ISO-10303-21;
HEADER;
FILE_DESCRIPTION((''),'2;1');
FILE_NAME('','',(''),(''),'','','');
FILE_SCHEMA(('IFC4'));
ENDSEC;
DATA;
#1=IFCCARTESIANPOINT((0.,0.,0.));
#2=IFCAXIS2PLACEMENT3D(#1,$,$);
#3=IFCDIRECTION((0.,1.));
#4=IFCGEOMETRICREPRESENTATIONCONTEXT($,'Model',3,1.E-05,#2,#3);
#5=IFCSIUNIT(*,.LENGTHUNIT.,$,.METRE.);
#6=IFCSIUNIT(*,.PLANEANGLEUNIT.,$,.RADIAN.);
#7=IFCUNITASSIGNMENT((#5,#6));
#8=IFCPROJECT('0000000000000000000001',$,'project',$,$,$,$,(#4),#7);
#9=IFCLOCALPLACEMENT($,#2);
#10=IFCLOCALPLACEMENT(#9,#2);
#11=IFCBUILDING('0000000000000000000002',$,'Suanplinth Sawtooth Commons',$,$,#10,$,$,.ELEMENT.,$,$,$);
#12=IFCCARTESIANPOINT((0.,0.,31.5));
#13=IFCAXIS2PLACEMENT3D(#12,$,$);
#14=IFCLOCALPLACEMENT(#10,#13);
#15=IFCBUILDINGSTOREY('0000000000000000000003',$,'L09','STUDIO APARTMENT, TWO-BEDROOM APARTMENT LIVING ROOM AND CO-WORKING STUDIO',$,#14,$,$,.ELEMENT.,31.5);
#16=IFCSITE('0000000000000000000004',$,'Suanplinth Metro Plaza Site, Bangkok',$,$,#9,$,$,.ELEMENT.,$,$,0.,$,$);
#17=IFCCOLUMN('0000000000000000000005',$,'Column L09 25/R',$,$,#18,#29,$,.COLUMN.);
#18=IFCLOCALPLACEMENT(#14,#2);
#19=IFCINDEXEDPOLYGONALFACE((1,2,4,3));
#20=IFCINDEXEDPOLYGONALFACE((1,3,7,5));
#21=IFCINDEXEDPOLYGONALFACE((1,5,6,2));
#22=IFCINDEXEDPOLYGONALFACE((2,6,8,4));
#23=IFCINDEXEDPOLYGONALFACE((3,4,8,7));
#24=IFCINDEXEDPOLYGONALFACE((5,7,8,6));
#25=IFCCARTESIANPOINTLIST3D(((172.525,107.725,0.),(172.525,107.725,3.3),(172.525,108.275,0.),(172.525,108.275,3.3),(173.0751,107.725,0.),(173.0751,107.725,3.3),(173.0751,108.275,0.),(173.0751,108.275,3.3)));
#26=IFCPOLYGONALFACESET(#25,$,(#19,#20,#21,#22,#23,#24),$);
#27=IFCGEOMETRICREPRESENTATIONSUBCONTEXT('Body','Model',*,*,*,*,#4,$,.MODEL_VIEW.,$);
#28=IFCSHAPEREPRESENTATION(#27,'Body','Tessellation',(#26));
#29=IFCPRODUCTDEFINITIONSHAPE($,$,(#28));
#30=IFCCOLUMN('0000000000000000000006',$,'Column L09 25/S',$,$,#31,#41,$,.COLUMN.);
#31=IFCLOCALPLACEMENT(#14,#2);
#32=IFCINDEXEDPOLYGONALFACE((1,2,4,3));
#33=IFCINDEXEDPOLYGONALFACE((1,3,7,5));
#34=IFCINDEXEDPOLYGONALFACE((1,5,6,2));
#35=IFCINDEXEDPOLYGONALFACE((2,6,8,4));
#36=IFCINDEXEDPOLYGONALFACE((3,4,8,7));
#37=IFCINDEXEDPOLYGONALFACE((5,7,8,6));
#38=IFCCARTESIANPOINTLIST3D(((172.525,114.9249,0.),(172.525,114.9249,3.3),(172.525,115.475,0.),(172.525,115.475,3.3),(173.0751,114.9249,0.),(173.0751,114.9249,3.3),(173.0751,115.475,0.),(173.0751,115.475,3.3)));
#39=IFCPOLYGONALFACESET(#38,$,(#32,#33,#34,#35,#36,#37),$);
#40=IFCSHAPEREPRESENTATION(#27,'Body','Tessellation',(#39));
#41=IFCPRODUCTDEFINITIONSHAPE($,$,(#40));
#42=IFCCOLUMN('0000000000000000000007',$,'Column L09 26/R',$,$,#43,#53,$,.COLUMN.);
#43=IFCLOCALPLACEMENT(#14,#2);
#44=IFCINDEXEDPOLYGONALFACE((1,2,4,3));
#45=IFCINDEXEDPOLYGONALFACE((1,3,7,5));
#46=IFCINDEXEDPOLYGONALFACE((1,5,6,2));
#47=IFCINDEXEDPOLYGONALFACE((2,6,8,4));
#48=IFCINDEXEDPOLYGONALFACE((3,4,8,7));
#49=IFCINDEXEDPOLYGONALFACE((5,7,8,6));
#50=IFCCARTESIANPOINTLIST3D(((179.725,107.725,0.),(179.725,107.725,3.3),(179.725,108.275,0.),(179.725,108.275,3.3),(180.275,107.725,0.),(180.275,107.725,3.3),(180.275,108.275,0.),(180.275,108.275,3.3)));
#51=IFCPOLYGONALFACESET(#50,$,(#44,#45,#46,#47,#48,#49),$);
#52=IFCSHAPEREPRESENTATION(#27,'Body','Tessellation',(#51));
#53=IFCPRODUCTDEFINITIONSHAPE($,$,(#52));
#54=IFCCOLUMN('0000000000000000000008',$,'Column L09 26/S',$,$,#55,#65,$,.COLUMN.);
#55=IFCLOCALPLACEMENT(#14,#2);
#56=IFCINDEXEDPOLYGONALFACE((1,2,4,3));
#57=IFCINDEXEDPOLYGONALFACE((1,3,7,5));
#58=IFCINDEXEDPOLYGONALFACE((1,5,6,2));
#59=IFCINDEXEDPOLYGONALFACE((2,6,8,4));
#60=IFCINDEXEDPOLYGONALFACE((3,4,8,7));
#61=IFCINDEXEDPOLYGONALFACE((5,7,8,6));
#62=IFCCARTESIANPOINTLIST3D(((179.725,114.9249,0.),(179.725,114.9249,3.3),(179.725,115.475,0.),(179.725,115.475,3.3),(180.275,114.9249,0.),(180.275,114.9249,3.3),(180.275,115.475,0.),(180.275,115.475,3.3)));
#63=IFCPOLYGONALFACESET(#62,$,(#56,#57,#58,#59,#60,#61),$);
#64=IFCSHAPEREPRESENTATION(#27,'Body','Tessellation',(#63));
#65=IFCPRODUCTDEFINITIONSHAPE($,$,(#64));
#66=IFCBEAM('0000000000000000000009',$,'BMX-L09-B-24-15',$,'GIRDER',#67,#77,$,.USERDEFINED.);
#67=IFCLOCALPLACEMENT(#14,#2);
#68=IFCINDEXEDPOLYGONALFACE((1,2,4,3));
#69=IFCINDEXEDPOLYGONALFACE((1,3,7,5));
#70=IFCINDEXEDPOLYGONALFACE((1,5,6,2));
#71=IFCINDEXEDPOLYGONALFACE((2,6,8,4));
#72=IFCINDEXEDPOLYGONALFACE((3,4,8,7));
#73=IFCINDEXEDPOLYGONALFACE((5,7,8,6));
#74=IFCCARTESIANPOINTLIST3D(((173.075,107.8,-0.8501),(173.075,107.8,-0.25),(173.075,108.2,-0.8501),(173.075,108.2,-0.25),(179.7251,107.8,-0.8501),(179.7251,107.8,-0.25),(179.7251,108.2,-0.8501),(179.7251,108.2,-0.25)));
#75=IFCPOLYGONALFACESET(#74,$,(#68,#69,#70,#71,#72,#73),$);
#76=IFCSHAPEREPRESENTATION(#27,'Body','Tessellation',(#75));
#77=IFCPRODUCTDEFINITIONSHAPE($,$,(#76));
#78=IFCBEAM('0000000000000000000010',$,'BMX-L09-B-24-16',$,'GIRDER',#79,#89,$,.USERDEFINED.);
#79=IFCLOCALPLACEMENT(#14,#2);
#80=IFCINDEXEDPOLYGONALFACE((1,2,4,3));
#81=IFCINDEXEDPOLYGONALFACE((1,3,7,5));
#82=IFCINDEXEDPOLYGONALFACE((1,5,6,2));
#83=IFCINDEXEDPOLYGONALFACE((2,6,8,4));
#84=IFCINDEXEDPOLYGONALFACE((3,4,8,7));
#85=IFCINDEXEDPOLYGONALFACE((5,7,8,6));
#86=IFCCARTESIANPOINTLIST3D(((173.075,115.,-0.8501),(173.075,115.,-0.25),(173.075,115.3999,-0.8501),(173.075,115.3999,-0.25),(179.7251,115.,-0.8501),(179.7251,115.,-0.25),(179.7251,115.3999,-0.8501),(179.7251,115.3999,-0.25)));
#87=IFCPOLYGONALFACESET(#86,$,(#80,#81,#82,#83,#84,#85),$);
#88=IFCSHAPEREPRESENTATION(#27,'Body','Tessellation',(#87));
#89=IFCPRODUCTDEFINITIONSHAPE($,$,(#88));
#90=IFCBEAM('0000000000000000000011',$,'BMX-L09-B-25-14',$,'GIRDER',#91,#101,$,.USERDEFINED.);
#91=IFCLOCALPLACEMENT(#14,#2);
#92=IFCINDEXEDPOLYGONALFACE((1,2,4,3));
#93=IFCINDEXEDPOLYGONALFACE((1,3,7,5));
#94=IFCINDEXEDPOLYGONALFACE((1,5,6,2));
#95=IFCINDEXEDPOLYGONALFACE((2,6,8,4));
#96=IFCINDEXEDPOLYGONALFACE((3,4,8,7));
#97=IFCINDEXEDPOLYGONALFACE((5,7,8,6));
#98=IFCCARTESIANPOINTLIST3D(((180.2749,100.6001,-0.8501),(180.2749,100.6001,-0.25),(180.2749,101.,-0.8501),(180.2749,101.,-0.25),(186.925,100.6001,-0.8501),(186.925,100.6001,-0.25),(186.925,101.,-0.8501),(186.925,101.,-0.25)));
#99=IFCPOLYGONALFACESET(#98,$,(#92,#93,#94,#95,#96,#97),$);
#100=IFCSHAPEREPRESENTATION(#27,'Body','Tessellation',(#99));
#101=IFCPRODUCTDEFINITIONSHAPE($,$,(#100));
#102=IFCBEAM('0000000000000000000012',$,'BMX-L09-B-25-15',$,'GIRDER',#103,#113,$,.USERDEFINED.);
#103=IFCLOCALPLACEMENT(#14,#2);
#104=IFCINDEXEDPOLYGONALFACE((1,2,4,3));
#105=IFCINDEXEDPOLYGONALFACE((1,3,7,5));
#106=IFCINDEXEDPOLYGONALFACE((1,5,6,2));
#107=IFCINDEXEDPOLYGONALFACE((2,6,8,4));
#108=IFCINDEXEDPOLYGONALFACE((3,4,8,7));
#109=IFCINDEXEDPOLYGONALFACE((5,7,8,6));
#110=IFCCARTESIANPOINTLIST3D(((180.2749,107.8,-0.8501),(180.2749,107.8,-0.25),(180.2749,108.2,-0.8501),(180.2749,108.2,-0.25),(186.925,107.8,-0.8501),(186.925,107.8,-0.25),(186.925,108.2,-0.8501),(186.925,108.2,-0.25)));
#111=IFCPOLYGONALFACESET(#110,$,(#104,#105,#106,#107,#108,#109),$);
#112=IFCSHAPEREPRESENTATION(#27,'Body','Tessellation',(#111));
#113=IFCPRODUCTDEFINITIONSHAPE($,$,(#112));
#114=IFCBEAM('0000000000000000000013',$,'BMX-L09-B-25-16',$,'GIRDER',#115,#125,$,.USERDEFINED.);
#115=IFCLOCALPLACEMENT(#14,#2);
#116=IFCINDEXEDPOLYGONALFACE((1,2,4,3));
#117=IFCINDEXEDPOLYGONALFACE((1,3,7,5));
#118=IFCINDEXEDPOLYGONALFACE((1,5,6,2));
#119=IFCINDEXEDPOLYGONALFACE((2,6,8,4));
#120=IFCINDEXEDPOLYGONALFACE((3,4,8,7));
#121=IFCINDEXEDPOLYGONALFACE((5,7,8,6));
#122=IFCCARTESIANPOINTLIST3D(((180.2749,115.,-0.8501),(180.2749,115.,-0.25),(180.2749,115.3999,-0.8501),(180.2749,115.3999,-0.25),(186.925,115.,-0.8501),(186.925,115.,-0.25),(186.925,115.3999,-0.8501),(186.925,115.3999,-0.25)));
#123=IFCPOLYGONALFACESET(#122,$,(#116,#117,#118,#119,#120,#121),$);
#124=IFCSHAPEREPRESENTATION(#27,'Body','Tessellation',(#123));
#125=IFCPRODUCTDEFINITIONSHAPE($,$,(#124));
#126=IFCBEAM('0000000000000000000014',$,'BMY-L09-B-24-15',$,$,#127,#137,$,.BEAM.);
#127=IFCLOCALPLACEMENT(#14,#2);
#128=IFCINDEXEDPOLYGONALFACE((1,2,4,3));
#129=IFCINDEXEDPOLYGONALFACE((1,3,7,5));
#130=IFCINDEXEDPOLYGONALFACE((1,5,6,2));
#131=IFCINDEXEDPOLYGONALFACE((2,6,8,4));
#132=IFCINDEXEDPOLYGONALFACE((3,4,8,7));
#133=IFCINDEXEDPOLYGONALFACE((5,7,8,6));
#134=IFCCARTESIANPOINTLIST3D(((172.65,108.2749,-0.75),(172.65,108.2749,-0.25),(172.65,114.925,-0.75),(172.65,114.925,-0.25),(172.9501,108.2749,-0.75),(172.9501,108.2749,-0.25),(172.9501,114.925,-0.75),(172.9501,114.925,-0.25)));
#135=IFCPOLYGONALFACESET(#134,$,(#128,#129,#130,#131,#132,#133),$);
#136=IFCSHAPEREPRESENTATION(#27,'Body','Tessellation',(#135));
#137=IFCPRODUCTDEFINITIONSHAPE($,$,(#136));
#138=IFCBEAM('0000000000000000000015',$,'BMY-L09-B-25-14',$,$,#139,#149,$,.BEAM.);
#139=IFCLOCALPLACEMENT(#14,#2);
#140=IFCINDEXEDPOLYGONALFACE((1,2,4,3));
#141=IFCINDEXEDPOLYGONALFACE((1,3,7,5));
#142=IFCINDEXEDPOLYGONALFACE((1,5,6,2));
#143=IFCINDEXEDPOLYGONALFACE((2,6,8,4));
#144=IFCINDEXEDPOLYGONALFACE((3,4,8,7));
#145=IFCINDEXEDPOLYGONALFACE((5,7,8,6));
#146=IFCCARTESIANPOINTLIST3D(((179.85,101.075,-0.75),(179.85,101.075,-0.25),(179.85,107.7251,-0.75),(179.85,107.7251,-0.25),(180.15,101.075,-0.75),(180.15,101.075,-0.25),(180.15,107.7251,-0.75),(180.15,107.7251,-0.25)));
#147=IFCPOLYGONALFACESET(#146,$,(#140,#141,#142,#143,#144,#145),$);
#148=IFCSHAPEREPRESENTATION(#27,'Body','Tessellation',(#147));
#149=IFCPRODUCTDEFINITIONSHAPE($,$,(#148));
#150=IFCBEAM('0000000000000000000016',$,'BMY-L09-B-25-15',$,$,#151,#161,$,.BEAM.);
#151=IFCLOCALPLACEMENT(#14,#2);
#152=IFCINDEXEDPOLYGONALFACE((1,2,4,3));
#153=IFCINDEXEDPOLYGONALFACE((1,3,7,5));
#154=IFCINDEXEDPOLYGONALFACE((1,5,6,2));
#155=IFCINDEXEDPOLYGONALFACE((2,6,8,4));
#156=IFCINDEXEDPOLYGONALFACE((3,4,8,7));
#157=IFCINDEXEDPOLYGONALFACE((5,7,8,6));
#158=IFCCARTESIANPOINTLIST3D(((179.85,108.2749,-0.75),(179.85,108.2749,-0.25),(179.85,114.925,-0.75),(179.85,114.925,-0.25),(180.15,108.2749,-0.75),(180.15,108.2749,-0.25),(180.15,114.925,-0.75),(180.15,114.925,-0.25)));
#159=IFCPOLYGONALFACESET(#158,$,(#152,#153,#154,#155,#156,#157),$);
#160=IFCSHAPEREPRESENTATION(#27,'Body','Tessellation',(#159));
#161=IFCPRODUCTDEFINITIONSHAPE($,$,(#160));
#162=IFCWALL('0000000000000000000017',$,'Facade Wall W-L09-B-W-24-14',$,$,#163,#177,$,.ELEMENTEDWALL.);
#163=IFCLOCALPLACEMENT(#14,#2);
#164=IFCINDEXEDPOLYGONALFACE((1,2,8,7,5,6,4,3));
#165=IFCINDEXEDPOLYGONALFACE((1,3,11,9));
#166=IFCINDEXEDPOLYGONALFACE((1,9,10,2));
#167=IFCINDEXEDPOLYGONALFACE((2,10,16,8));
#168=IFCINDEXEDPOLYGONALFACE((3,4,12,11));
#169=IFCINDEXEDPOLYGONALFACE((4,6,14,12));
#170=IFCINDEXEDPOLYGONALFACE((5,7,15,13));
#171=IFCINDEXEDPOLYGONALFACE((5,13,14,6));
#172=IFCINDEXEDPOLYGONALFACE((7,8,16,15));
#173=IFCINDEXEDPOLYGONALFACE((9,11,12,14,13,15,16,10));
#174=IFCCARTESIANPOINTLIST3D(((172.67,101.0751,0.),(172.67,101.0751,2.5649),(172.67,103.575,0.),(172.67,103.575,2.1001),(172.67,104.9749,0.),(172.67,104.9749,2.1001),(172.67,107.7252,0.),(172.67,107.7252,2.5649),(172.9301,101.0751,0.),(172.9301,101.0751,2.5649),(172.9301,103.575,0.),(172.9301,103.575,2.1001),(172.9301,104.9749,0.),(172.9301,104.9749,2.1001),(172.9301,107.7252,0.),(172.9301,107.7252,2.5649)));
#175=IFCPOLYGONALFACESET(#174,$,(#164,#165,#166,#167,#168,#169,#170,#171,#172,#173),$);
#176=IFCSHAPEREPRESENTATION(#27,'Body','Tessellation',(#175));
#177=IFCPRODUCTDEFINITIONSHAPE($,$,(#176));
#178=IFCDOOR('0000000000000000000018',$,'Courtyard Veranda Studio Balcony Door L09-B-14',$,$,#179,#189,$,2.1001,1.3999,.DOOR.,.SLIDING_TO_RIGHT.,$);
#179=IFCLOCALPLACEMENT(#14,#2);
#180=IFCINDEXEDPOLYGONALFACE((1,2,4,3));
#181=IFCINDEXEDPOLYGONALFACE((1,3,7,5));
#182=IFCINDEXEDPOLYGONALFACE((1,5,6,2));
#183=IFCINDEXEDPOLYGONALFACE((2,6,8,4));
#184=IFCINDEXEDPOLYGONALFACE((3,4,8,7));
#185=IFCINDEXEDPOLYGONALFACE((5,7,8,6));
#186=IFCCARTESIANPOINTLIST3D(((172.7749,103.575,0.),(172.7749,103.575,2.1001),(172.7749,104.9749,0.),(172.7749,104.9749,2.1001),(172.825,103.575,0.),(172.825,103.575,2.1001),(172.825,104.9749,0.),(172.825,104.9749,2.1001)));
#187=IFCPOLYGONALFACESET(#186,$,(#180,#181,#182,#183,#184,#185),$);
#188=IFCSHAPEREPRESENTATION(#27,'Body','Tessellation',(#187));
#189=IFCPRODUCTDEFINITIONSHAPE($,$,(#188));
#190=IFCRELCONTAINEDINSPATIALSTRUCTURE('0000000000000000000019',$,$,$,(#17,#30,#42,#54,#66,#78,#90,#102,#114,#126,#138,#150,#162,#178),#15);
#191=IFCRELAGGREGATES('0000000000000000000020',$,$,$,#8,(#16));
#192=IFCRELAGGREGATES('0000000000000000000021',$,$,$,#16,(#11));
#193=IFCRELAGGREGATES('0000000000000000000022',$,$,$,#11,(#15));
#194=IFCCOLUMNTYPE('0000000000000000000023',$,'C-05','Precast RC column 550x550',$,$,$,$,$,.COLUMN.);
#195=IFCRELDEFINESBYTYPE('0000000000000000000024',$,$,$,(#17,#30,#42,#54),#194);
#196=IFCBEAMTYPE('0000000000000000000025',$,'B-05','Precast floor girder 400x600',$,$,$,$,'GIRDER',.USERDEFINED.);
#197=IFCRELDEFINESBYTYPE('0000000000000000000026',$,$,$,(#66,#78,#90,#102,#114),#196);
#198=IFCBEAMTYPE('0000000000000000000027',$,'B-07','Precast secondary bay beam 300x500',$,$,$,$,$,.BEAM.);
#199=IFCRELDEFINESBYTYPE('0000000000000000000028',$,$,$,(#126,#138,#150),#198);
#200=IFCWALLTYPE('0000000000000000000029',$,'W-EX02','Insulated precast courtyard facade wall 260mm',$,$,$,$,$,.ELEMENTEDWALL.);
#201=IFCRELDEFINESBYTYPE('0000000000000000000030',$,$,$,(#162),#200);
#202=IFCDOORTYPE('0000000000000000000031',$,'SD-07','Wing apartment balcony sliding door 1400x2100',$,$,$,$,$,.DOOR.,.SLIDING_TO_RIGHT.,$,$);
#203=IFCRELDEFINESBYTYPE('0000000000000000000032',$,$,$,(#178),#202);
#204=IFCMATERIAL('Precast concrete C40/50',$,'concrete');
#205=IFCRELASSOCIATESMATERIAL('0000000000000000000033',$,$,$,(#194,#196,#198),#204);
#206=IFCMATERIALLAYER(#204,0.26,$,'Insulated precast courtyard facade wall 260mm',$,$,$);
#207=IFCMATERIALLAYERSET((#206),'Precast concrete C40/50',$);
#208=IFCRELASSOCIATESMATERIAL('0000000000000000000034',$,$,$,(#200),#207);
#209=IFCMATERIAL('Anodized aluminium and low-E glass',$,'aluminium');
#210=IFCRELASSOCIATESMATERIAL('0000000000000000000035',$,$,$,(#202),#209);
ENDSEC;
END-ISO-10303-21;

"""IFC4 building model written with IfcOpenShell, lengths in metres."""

from ifc_helpers import new_model, si_unit, direction, frame, frame_2d, origin, origin_2d, place, context, subcontext, project, spatial, rectangle, extrude, material, layer, layer_set, material_profile, profile_set, type_object, element, fill, save


model = new_model("IFC4")

# Units and contexts
model_context = context("Model", 3, precision=1e-05, world=origin(), true_north=direction((0.0, 1.0)))
body_context = subcontext(model_context, "Body", "Model", "MODEL_VIEW")
ifc_project = project(units=[si_unit("LENGTHUNIT", "METRE"), si_unit("PLANEANGLEUNIT", "RADIAN")], contexts=[model_context])

# Site, building, storey
site_placement = place(None, origin())
site = spatial("IfcSite", under=ifc_project, at=site_placement, Name="Suanplinth Metro Plaza Site, Bangkok", CompositionType="ELEMENT", RefElevation=0.0)
building_placement = place(site_placement, origin())
building = spatial("IfcBuilding", under=site, at=building_placement, Name="Suanplinth Sawtooth Commons", CompositionType="ELEMENT")
storey_placement = place(building_placement, frame((0.0, 0.0, 31.5)))
storey = spatial("IfcBuildingStorey", under=building, at=storey_placement, Name="L09", Description="STUDIO APARTMENT, TWO-BEDROOM APARTMENT LIVING ROOM AND CO-WORKING STUDIO", CompositionType="ELEMENT", Elevation=31.5)

# Columns
ifc_material_1 = material(Name="Precast concrete C40/50", Category="concrete")
ifc_material_profile_1 = material_profile(ifc_material_1, rectangle(XDim=0.55, YDim=0.55, at=origin_2d()), Name="PC-COL 550x550")
ifc_profile_set_1 = profile_set([ifc_material_profile_1], Name="Precast concrete C40/50")
column_type = type_object("IfcColumnType", Name="C-05", Description="Precast RC column 550x550", PredefinedType="COLUMN", material=ifc_profile_set_1)
for number, where, z_axis, x_axis, name in (
    (1, (172.8, 108.0, 0.0), (0.0, 0.0, 1.0), (1.0, 0.0, 0.0), "Column L09 25/R"),
    (2, (172.8, 115.2, 0.0), (0.0, 0.0, 1.0), (1.0, 0.0, 0.0), "Column L09 25/S"),
    (3, (180.0, 108.0, 0.0), (0.0, 0.0, 1.0), (1.0, 0.0, 0.0), "Column L09 26/R"),
    (4, (180.0, 115.2, 0.0), (0.0, 0.0, 1.0), (1.0, 0.0, 0.0), "Column L09 26/S"),
):
    element("IfcColumn", number, at=place(storey_placement, frame(where, z_axis=z_axis, x_axis=x_axis)), inside=storey, type_object=column_type, Name=name, PredefinedType="COLUMN", context=body_context, shape_type="SweptSolid", body=[
        extrude(rectangle(XDim=0.55, YDim=0.55, at=origin_2d()), origin(), (0.0, 0.0, 1.0), 3.3),
    ])

# Beams
ifc_material_profile_2 = material_profile(ifc_material_1, rectangle(XDim=0.3999, YDim=0.6001, at=origin_2d()), Name="PC-GDR 400x600")
ifc_profile_set_2 = profile_set([ifc_material_profile_2], Name="Precast concrete C40/50")
beam_type_1 = type_object("IfcBeamType", Name="B-05", Description="Precast floor girder 400x600", ElementType="GIRDER", PredefinedType="USERDEFINED", material=ifc_profile_set_2)
for number, where, z_axis, x_axis, name in (
    (5, (173.075, 108.0, -0.55), (1.0, 0.0, 0.0), (0.0, 1.0, 0.0), "BMX-L09-B-24-15"),
    (6, (173.075, 115.2, -0.55), (1.0, 0.0, 0.0), (0.0, 1.0, 0.0), "BMX-L09-B-24-16"),
    (7, (180.2749, 100.8, -0.55), (1.0, 0.0, 0.0), (0.0, 1.0, 0.0), "BMX-L09-B-25-14"),
    (8, (180.2749, 108.0, -0.55), (1.0, 0.0, 0.0), (0.0, 1.0, 0.0), "BMX-L09-B-25-15"),
    (9, (180.2749, 115.2, -0.55), (1.0, 0.0, 0.0), (0.0, 1.0, 0.0), "BMX-L09-B-25-16"),
):
    element("IfcBeam", number, at=place(storey_placement, frame(where, z_axis=z_axis, x_axis=x_axis)), inside=storey, type_object=beam_type_1, Name=name, ObjectType="GIRDER", PredefinedType="USERDEFINED", context=body_context, shape_type="SweptSolid", body=[
        extrude(rectangle(XDim=0.3999, YDim=0.6001, at=origin_2d()), origin(), (0.0, 0.0, 1.0), 6.6501),
    ])
ifc_material_profile_3 = material_profile(ifc_material_1, rectangle(XDim=0.3, YDim=0.5, at=origin_2d()), Name="PC-BM 300x500")
ifc_profile_set_3 = profile_set([ifc_material_profile_3], Name="Precast concrete C40/50")
beam_type_2 = type_object("IfcBeamType", Name="B-07", Description="Precast secondary bay beam 300x500", PredefinedType="BEAM", material=ifc_profile_set_3)
for number, where, z_axis, x_axis, name in (
    (10, (172.8, 108.2749, -0.5), (0.0, 1.0, 0.0), (-1.0, 0.0, 0.0), "BMY-L09-B-24-15"),
    (11, (180.0, 101.075, -0.5), (0.0, 1.0, 0.0), (-1.0, 0.0, 0.0), "BMY-L09-B-25-14"),
    (12, (180.0, 108.2749, -0.5), (0.0, 1.0, 0.0), (-1.0, 0.0, 0.0), "BMY-L09-B-25-15"),
):
    element("IfcBeam", number, at=place(storey_placement, frame(where, z_axis=z_axis, x_axis=x_axis)), inside=storey, type_object=beam_type_2, Name=name, PredefinedType="BEAM", context=body_context, shape_type="SweptSolid", body=[
        extrude(rectangle(XDim=0.3, YDim=0.5, at=origin_2d()), origin(), (0.0, 0.0, 1.0), 6.6501),
    ])

# Wall, opening, door
ifc_layer_1 = layer(ifc_material_1, 0.26, Name="Insulated precast courtyard facade wall 260mm")
ifc_layer_set_1 = layer_set([ifc_layer_1], Name="Precast concrete C40/50")
wall_type_1 = type_object("IfcWallType", Name="W-EX02", Description="Insulated precast courtyard facade wall 260mm", PredefinedType="ELEMENTEDWALL", material=ifc_layer_set_1)
wall_1_placement = place(storey_placement, frame((172.8, 101.075, 0.0), z_axis=(0.0, 0.0, 1.0), x_axis=(0.0, 1.0, 0.0)))
wall_1 = element("IfcWall", 13, at=wall_1_placement, inside=storey, type_object=wall_type_1, Name="Facade Wall W-L09-B-W-24-14", PredefinedType="ELEMENTEDWALL", context=body_context, shape_type="SweptSolid", body=[
    extrude(rectangle(XDim=6.6501, YDim=0.26, at=frame_2d((3.3252, 0.0))), origin(), (0.0, 0.0, 1.0), 2.5649),
])
opening_1_placement = place(wall_1_placement, frame((2.5, 0.0, 0.0)))
opening_1 = element("IfcOpeningElement", 14, at=opening_1_placement, cuts=wall_1, PredefinedType="OPENING", context=body_context, shape_type="SweptSolid", body=[
    extrude(rectangle(XDim=1.3999, YDim=2.1001, at=frame_2d((0.7, 1.05))), frame((0.0, 0.145, 0.0), z_axis=(0.0, -1.0, 0.0), x_axis=(1.0, 0.0, 0.0)), (0.0, 0.0, 1.0), 0.2898),
])
ifc_material_2 = material(Name="Anodized aluminium and low-E glass", Category="aluminium")
door_type_1 = type_object("IfcDoorType", Name="SD-07", Description="Wing apartment balcony sliding door 1400x2100", OperationType="SLIDING_TO_RIGHT", PredefinedType="DOOR", material=ifc_material_2)
door_1_placement = place(opening_1_placement, frame((1.3999, 0.0, 0.0), z_axis=(0.0, 0.0, 1.0), x_axis=(-1.0, 0.0, 0.0)))
door_1 = element("IfcDoor", 15, at=door_1_placement, inside=storey, type_object=door_type_1, Name="Courtyard Veranda Studio Balcony Door L09-B-14", OperationType="SLIDING_TO_RIGHT", OverallHeight=2.1001, OverallWidth=1.3999, PredefinedType="DOOR", context=body_context, shape_type="SweptSolid", body=[
    extrude(rectangle(XDim=1.3999, YDim=2.1001, at=frame_2d((0.7, 1.05))), frame((0.0, 0.0249, 0.0), z_axis=(0.0, -1.0, 0.0), x_axis=(1.0, 0.0, 0.0)), (0.0, 0.0, 1.0), 0.05),
])
fill(opening_1, door_1)

save(model, "model.ifc")
